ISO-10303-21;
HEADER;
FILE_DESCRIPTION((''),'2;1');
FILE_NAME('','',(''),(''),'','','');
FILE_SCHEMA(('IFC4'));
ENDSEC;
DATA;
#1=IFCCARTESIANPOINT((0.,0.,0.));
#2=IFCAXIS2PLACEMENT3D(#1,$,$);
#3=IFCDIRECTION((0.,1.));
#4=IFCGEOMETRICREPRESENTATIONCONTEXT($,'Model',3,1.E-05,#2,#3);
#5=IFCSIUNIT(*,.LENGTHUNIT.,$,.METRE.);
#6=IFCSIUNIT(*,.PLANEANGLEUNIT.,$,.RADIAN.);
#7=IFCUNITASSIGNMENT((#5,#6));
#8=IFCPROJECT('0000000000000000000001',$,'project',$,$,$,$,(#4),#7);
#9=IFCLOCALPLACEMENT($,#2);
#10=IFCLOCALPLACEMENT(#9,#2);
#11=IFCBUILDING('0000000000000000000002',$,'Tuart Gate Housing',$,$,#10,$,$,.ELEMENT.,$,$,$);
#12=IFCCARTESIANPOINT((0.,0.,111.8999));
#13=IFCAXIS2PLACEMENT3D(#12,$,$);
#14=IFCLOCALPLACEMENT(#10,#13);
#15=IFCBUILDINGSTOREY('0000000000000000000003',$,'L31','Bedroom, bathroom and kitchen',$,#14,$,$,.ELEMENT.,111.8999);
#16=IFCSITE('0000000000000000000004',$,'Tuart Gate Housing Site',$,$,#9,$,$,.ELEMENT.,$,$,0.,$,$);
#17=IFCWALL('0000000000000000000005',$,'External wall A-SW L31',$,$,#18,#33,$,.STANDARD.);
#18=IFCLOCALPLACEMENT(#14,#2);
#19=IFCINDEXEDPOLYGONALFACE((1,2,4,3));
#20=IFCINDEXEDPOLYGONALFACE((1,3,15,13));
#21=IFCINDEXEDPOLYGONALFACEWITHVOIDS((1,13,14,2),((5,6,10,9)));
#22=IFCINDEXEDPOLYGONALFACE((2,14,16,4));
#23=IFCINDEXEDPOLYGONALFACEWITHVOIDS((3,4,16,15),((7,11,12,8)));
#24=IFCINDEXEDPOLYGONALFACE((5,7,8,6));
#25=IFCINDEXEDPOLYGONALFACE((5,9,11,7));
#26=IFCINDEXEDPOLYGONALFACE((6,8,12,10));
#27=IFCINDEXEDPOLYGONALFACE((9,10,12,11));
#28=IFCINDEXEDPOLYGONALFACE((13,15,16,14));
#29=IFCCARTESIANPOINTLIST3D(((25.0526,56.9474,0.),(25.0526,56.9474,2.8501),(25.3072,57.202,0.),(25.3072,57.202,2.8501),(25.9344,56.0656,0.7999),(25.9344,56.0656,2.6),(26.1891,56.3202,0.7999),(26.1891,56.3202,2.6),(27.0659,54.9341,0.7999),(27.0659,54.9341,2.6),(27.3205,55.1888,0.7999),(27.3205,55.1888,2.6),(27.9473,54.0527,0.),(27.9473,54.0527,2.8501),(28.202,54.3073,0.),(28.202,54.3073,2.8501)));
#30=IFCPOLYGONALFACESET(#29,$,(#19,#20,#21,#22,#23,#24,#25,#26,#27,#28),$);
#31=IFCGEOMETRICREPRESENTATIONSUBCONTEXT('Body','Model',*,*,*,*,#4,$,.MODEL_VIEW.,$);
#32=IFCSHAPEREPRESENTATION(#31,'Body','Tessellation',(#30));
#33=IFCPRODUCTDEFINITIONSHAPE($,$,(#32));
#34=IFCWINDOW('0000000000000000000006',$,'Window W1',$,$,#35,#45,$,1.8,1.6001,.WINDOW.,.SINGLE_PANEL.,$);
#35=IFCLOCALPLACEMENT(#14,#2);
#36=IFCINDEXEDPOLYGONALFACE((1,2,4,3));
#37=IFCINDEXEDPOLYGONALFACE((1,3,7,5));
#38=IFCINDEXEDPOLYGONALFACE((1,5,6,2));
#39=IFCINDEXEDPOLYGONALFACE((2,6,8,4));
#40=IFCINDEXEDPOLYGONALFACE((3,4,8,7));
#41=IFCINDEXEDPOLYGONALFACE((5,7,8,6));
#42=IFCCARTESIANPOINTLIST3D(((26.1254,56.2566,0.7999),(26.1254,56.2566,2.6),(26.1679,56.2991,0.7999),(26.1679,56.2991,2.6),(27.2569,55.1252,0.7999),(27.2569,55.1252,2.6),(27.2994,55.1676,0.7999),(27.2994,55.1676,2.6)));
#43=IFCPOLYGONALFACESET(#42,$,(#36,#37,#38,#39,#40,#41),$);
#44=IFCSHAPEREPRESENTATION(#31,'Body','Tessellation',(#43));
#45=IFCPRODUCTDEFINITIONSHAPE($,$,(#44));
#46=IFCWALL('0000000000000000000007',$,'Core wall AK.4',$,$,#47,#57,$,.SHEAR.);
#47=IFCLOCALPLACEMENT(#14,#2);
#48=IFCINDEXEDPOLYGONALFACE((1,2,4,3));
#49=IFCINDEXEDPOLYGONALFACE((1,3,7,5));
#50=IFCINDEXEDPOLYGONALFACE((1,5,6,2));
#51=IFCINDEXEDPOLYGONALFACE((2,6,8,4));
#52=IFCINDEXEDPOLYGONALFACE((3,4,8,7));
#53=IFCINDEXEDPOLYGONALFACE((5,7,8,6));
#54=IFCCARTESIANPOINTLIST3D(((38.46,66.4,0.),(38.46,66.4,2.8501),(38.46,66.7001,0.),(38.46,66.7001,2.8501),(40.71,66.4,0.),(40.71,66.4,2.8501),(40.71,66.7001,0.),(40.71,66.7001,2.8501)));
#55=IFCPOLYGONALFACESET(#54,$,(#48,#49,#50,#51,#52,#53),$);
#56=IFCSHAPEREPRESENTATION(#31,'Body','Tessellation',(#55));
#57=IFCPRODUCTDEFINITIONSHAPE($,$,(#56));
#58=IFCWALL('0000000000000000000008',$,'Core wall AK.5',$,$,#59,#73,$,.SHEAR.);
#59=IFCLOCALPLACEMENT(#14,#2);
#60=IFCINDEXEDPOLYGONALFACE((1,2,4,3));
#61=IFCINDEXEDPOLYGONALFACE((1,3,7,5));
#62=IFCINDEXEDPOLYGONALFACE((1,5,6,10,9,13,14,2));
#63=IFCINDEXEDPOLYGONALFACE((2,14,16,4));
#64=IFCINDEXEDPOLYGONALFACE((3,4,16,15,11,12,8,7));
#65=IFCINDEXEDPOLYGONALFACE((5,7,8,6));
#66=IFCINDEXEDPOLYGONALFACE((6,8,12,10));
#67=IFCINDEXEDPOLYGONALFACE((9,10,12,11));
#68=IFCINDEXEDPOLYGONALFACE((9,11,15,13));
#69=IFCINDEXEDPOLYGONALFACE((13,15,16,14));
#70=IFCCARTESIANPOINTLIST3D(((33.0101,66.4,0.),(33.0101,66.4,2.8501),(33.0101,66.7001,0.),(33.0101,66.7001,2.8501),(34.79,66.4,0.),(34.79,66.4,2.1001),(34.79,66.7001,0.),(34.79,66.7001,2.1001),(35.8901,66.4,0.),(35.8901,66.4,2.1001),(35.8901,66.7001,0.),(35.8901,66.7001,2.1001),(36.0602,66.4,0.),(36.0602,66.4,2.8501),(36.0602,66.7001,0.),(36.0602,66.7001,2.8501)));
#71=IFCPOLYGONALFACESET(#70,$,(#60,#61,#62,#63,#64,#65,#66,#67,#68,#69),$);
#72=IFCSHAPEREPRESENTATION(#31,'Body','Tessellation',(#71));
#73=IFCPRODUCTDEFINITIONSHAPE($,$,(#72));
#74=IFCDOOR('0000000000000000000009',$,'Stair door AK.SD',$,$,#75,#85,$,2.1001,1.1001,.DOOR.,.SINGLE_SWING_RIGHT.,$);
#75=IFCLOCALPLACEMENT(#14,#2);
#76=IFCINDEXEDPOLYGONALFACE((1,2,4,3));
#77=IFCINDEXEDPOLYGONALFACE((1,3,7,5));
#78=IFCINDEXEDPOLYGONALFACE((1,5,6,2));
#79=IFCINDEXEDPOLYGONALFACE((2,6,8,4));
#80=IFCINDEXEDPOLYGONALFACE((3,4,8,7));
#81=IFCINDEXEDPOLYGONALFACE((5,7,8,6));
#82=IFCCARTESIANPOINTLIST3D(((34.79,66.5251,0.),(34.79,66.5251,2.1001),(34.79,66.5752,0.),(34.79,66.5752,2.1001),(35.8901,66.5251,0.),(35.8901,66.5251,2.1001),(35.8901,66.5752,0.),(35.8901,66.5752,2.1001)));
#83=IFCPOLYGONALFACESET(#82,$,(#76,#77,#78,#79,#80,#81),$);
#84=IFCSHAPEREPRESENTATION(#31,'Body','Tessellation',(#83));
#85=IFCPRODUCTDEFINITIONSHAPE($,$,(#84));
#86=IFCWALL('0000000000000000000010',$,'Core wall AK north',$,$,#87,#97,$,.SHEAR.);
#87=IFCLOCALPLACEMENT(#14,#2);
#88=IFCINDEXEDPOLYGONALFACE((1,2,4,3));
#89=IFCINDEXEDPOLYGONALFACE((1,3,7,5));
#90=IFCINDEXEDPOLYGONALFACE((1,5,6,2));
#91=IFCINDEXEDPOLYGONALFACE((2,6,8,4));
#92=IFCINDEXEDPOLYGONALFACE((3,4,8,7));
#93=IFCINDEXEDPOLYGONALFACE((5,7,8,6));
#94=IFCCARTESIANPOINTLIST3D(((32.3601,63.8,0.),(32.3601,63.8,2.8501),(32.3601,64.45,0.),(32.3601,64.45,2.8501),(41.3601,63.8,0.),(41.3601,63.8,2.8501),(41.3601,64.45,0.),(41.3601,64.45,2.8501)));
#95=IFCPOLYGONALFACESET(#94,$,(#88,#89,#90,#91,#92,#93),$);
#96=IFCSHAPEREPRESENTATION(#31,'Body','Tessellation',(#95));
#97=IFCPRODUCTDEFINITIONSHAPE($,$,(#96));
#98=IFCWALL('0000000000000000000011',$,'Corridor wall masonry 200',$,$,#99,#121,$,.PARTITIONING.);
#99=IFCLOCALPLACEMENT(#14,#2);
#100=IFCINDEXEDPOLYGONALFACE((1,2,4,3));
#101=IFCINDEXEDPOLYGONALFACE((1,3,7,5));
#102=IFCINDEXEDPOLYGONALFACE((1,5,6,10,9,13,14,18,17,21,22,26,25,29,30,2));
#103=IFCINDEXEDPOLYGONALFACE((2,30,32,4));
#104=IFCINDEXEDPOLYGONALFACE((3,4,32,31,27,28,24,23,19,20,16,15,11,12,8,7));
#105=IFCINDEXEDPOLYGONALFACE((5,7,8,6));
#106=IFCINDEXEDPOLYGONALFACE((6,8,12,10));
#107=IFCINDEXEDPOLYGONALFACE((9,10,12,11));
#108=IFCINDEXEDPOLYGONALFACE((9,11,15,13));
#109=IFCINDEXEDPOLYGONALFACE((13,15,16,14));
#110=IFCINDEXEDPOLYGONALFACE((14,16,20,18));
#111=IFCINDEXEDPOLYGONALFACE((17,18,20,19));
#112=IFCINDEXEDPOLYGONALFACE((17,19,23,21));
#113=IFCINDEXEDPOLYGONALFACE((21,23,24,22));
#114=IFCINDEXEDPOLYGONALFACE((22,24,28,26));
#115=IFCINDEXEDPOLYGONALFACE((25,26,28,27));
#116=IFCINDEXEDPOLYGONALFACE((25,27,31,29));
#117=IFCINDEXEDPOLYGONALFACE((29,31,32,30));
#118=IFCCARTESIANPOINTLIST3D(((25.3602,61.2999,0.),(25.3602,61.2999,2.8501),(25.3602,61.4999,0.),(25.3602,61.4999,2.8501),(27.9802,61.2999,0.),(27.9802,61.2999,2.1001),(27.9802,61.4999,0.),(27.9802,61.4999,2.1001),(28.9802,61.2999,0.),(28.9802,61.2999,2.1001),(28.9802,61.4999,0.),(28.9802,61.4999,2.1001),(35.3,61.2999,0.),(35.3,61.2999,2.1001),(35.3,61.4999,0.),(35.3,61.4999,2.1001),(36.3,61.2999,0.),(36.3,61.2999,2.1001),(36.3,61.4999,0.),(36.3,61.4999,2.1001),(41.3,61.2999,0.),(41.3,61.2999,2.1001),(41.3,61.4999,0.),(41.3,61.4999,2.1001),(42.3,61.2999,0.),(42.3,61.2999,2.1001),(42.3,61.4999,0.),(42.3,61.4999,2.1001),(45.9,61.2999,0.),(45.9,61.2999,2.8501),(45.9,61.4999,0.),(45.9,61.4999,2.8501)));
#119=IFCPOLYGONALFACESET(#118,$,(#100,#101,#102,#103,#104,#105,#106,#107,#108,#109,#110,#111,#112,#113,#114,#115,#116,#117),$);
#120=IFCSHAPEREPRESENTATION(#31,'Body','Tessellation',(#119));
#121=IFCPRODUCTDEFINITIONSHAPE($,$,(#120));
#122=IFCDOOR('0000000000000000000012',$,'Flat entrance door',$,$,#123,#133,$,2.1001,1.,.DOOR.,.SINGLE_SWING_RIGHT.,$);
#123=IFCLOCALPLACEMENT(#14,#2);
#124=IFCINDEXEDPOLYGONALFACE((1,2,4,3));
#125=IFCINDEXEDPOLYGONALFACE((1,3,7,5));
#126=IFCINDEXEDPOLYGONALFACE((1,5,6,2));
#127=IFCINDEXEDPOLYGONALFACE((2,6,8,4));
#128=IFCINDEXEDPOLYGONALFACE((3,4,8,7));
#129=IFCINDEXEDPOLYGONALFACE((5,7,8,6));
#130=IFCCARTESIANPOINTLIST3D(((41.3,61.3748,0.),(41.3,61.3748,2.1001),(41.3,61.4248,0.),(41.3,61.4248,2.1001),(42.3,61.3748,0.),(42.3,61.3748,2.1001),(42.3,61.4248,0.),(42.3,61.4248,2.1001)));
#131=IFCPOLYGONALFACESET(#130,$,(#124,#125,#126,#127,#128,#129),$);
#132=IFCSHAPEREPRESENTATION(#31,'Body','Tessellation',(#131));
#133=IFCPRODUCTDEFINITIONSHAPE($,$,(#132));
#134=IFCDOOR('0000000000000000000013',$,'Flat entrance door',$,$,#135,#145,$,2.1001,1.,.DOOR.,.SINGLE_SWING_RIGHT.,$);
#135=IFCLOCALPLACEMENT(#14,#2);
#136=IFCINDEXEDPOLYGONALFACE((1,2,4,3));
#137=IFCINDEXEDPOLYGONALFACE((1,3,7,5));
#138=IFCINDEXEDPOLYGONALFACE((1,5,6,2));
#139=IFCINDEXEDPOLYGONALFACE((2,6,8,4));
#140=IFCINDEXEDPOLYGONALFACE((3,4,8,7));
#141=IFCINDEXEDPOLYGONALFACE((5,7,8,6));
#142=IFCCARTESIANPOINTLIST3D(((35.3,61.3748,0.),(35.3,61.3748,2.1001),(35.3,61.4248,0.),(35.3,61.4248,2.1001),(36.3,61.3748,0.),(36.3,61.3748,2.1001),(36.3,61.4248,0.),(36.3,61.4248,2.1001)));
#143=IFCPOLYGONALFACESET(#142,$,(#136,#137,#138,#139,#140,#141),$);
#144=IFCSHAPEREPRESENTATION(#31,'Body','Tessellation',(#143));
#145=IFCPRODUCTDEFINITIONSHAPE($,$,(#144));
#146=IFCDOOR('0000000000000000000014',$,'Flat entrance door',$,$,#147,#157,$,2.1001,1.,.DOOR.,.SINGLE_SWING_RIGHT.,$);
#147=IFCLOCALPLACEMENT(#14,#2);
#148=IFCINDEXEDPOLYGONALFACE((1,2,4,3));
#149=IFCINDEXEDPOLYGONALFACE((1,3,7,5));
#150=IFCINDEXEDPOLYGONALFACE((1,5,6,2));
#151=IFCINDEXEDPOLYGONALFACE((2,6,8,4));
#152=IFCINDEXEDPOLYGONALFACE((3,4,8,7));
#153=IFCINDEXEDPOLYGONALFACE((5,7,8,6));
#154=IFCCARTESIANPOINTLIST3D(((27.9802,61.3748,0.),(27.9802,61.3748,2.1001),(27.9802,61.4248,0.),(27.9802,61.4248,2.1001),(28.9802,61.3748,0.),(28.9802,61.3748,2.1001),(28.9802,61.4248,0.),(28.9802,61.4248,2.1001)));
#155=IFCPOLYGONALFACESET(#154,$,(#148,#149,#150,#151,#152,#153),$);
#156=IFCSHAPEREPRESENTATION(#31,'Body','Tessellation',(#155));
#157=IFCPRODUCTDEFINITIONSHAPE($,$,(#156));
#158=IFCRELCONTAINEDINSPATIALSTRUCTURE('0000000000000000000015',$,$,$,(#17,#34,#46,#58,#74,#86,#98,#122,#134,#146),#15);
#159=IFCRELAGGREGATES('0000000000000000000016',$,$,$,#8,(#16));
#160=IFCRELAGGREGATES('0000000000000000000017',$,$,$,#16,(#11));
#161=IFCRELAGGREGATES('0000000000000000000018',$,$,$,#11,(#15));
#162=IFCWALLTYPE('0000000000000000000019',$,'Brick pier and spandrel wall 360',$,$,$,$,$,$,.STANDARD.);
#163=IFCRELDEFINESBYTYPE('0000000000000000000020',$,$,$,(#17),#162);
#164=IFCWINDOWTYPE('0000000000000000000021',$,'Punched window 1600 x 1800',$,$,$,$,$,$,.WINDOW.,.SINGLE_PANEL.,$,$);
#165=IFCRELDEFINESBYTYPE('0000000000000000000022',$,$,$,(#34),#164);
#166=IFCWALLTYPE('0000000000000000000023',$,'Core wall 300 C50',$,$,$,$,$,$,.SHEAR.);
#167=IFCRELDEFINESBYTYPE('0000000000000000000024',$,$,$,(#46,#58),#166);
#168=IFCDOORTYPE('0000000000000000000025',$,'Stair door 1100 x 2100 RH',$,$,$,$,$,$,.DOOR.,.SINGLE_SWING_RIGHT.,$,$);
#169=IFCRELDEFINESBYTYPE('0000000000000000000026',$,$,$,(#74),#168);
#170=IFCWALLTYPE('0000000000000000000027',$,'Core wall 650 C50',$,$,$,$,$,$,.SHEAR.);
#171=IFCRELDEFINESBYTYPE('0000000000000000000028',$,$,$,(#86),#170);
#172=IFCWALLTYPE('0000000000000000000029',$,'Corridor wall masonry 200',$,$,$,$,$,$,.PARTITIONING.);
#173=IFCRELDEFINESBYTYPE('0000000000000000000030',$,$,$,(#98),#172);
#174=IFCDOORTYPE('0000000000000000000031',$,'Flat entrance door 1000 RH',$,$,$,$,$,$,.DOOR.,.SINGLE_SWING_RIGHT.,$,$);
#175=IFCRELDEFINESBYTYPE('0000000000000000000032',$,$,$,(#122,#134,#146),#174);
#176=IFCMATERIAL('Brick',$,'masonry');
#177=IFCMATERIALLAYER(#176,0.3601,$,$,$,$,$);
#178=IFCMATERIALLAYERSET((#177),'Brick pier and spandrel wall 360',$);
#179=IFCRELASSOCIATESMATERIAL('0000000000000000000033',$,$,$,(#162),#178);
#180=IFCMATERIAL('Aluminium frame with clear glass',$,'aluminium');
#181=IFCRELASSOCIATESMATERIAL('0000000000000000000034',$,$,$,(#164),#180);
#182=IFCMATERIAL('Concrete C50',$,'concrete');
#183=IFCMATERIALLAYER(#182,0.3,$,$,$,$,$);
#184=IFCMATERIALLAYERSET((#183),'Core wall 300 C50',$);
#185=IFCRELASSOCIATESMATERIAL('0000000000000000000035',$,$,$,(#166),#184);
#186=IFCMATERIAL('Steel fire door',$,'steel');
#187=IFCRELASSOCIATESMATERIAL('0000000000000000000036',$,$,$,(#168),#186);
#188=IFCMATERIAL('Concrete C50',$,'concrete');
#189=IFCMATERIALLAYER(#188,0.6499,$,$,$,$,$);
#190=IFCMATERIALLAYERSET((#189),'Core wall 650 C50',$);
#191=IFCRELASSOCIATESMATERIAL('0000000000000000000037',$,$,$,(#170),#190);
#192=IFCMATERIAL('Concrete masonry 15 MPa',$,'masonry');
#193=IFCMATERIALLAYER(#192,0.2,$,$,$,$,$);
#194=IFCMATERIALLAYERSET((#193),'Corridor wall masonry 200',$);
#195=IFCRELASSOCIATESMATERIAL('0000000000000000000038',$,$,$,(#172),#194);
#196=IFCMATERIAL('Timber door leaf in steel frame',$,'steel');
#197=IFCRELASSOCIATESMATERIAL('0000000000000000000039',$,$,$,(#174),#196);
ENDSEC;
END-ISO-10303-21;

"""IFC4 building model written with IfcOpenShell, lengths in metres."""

from ifc_helpers import new_model, si_unit, direction, frame, frame_2d, origin, place, context, subcontext, project, spatial, rectangle, extrude, material, layer, layer_set, type_object, element, fill, save


model = new_model("IFC4")

# Units and contexts
model_context = context("Model", 3, precision=1e-05, world=origin(), true_north=direction((0.0, 1.0)))
body_context = subcontext(model_context, "Body", "Model", "MODEL_VIEW")
ifc_project = project(units=[si_unit("LENGTHUNIT", "METRE"), si_unit("PLANEANGLEUNIT", "RADIAN")], contexts=[model_context])

# Site, building, storey
site_placement = place(None, origin())
site = spatial("IfcSite", under=ifc_project, at=site_placement, Name="Tuart Gate Housing Site", CompositionType="ELEMENT", RefElevation=0.0)
building_placement = place(site_placement, origin())
building = spatial("IfcBuilding", under=site, at=building_placement, Name="Tuart Gate Housing", CompositionType="ELEMENT")
storey_placement = place(building_placement, frame((0.0, 0.0, 111.8999)))
storey = spatial("IfcBuildingStorey", under=building, at=storey_placement, Name="L31", Description="Bedroom, bathroom and kitchen", CompositionType="ELEMENT", Elevation=111.8999)

# Wall, opening, window
ifc_material_1 = material(Name="Brick", Category="masonry")
ifc_layer_1 = layer(ifc_material_1, 0.3601)
ifc_layer_set_1 = layer_set([ifc_layer_1], Name="Brick pier and spandrel wall 360")
wall_type_1 = type_object("IfcWallType", Name="Brick pier and spandrel wall 360", PredefinedType="STANDARD", material=ifc_layer_set_1)
wall_1_placement = place(storey_placement, frame((25.1799, 57.0747, 0.0), z_axis=(0.0, 0.0, 1.0), x_axis=(0.707107, -0.707107, 0.0)))
wall_1 = element("IfcWall", 1, at=wall_1_placement, inside=storey, type_object=wall_type_1, Name="External wall A-SW L31", PredefinedType="STANDARD", context=body_context, shape_type="SweptSolid", body=[
    extrude(rectangle(XDim=4.0938, YDim=0.3601, at=frame_2d((2.0469, 0.0))), origin(), (0.0, 0.0, 1.0), 2.8501),
])
opening_1_placement = place(wall_1_placement, frame((1.2471, 0.0, 0.8)))
opening_1 = element("IfcOpeningElement", 2, at=opening_1_placement, cuts=wall_1, PredefinedType="OPENING", context=body_context, shape_type="SweptSolid", body=[
    extrude(rectangle(XDim=1.6001, YDim=1.8, at=frame_2d((0.8, 0.8999))), frame((0.0, 0.1899, 0.0), z_axis=(0.0, -1.0, 0.0), x_axis=(1.0, 0.0, 0.0)), (0.0, 0.0, 1.0), 0.3801),
])
ifc_material_2 = material(Name="Aluminium frame with clear glass", Category="aluminium")
window_type = type_object("IfcWindowType", Name="Punched window 1600 x 1800", PartitioningType="SINGLE_PANEL", PredefinedType="WINDOW", material=ifc_material_2)
window_placement = place(opening_1_placement, origin())
window = element("IfcWindow", 3, at=window_placement, inside=storey, type_object=window_type, Name="Window W1", OverallHeight=1.8, OverallWidth=1.6001, PartitioningType="SINGLE_PANEL", PredefinedType="WINDOW", context=body_context, shape_type="SweptSolid", body=[
    extrude(rectangle(XDim=1.6001, YDim=1.8, at=frame_2d((0.8, 0.8999))), frame((0.0, 0.1501, 0.0), z_axis=(0.0, -1.0, 0.0), x_axis=(1.0, 0.0, 0.0)), (0.0, 0.0, 1.0), 0.0601),
])
fill(opening_1, window)

# Wall
ifc_material_3 = material(Name="Concrete C50", Category="concrete")
ifc_layer_2 = layer(ifc_material_3, 0.3)
ifc_layer_set_2 = layer_set([ifc_layer_2], Name="Core wall 300 C50")
wall_type_2 = type_object("IfcWallType", Name="Core wall 300 C50", PredefinedType="SHEAR", material=ifc_layer_set_2)
wall_2_placement = place(storey_placement, frame((40.71, 66.55, 0.0), z_axis=(0.0, 0.0, 1.0), x_axis=(-1.0, 0.0, 0.0)))
element("IfcWall", 4, at=wall_2_placement, inside=storey, type_object=wall_type_2, Name="Core wall AK.4", PredefinedType="SHEAR", context=body_context, shape_type="SweptSolid", body=[
    extrude(rectangle(XDim=2.25, YDim=0.3, at=frame_2d((1.125, 0.0))), origin(), (0.0, 0.0, 1.0), 2.8501),
])

# Wall, opening, door
wall_3_placement = place(storey_placement, frame((36.0601, 66.55, 0.0), z_axis=(0.0, 0.0, 1.0), x_axis=(-1.0, 0.0, 0.0)))
wall_3 = element("IfcWall", 5, at=wall_3_placement, inside=storey, type_object=wall_type_2, Name="Core wall AK.5", PredefinedType="SHEAR", context=body_context, shape_type="SweptSolid", body=[
    extrude(rectangle(XDim=3.05, YDim=0.3, at=frame_2d((1.5249, 0.0))), origin(), (0.0, 0.0, 1.0), 2.8501),
])
opening_2_placement = place(wall_3_placement, frame((0.1699, 0.0, 0.0)))
opening_2 = element("IfcOpeningElement", 6, at=opening_2_placement, cuts=wall_3, PredefinedType="OPENING", context=body_context, shape_type="SweptSolid", body=[
    extrude(rectangle(XDim=1.1001, YDim=2.1001, at=frame_2d((0.55, 1.05))), frame((0.0, 0.1599, 0.0), z_axis=(0.0, -1.0, 0.0), x_axis=(1.0, 0.0, 0.0)), (0.0, 0.0, 1.0), 0.3201),
])
ifc_material_4 = material(Name="Steel fire door", Category="steel")
door_type_1 = type_object("IfcDoorType", Name="Stair door 1100 x 2100 RH", OperationType="SINGLE_SWING_RIGHT", PredefinedType="DOOR", material=ifc_material_4)
door_1_placement = place(opening_2_placement, frame((1.1001, 0.0, 0.0), z_axis=(0.0, 0.0, 1.0), x_axis=(-1.0, 0.0, 0.0)))
door_1 = element("IfcDoor", 7, at=door_1_placement, inside=storey, type_object=door_type_1, Name="Stair door AK.SD", OperationType="SINGLE_SWING_RIGHT", OverallHeight=2.1001, OverallWidth=1.1001, PredefinedType="DOOR", context=body_context, shape_type="SweptSolid", body=[
    extrude(rectangle(XDim=1.1001, YDim=2.1001, at=frame_2d((0.55, 1.05))), frame((0.0, 0.0251, 0.0), z_axis=(0.0, -1.0, 0.0), x_axis=(1.0, 0.0, 0.0)), (0.0, 0.0, 1.0), 0.05),
])
fill(opening_2, door_1)

# Wall
ifc_material_5 = material(Name="Concrete C50", Category="concrete")
ifc_layer_3 = layer(ifc_material_5, 0.6499)
ifc_layer_set_3 = layer_set([ifc_layer_3], Name="Core wall 650 C50")
wall_type_3 = type_object("IfcWallType", Name="Core wall 650 C50", PredefinedType="SHEAR", material=ifc_layer_set_3)
wall_4_placement = place(storey_placement, frame((41.3601, 64.125, 0.0), z_axis=(0.0, 0.0, 1.0), x_axis=(-1.0, 0.0, 0.0)))
element("IfcWall", 8, at=wall_4_placement, inside=storey, type_object=wall_type_3, Name="Core wall AK north", PredefinedType="SHEAR", context=body_context, shape_type="SweptSolid", body=[
    extrude(rectangle(XDim=9.0, YDim=0.6499, at=frame_2d((4.5, 0.0))), origin(), (0.0, 0.0, 1.0), 2.8501),
])

# Wall, openings, doors
ifc_material_6 = material(Name="Concrete masonry 15 MPa", Category="masonry")
ifc_layer_4 = layer(ifc_material_6, 0.2)
ifc_layer_set_4 = layer_set([ifc_layer_4], Name="Corridor wall masonry 200")
wall_type_4 = type_object("IfcWallType", Name="Corridor wall masonry 200", PredefinedType="PARTITIONING", material=ifc_layer_set_4)
wall_5_placement = place(storey_placement, frame((25.3601, 61.3999, 0.0), z_axis=(0.0, 0.0, 1.0), x_axis=(1.0, 0.0, 0.0)))
wall_5 = element("IfcWall", 9, at=wall_5_placement, inside=storey, type_object=wall_type_4, Name="Corridor wall masonry 200", PredefinedType="PARTITIONING", context=body_context, shape_type="SweptSolid", body=[
    extrude(rectangle(XDim=20.5398, YDim=0.2, at=frame_2d((10.27, 0.0))), origin(), (0.0, 0.0, 1.0), 2.8501),
])
opening_3_placement = place(wall_5_placement, frame((15.9399, 0.0, 0.0)))
opening_3 = element("IfcOpeningElement", 10, at=opening_3_placement, cuts=wall_5, PredefinedType="OPENING", context=body_context, shape_type="SweptSolid", body=[
    extrude(rectangle(XDim=1.0, YDim=2.1001, at=frame_2d((0.5, 1.05))), frame((0.0, 0.1099, 0.0), z_axis=(0.0, -1.0, 0.0), x_axis=(1.0, 0.0, 0.0)), (0.0, 0.0, 1.0), 0.22),
])
opening_4_placement = place(wall_5_placement, frame((9.9399, 0.0, 0.0)))
opening_4 = element("IfcOpeningElement", 11, at=opening_4_placement, cuts=wall_5, PredefinedType="OPENING", context=body_context, shape_type="SweptSolid", body=[
    extrude(rectangle(XDim=1.0, YDim=2.1001, at=frame_2d((0.5, 1.05))), frame((0.0, 0.1099, 0.0), z_axis=(0.0, -1.0, 0.0), x_axis=(1.0, 0.0, 0.0)), (0.0, 0.0, 1.0), 0.22),
])
opening_5_placement = place(wall_5_placement, frame((2.6201, 0.0, 0.0)))
opening_5 = element("IfcOpeningElement", 12, at=opening_5_placement, cuts=wall_5, PredefinedType="OPENING", context=body_context, shape_type="SweptSolid", body=[
    extrude(rectangle(XDim=1.0, YDim=2.1001, at=frame_2d((0.5, 1.05))), frame((0.0, 0.1099, 0.0), z_axis=(0.0, -1.0, 0.0), x_axis=(1.0, 0.0, 0.0)), (0.0, 0.0, 1.0), 0.22),
])
ifc_material_7 = material(Name="Timber door leaf in steel frame", Category="steel")
door_type_2 = type_object("IfcDoorType", Name="Flat entrance door 1000 RH", OperationType="SINGLE_SWING_RIGHT", PredefinedType="DOOR", material=ifc_material_7)
door_2_placement = place(opening_3_placement, frame((1.0, 0.0, 0.0), z_axis=(0.0, 0.0, 1.0), x_axis=(-1.0, 0.0, 0.0)))
door_2 = element("IfcDoor", 13, at=door_2_placement, inside=storey, type_object=door_type_2, Name="Flat entrance door", OperationType="SINGLE_SWING_RIGHT", OverallHeight=2.1001, OverallWidth=1.0, PredefinedType="DOOR", context=body_context, shape_type="SweptSolid", body=[
    extrude(rectangle(XDim=1.0, YDim=2.1001, at=frame_2d((0.5, 1.05))), frame((0.0, 0.0251, 0.0), z_axis=(0.0, -1.0, 0.0), x_axis=(1.0, 0.0, 0.0)), (0.0, 0.0, 1.0), 0.05),
])
fill(opening_3, door_2)
door_3_placement = place(opening_4_placement, frame((1.0, 0.0, 0.0), z_axis=(0.0, 0.0, 1.0), x_axis=(-1.0, 0.0, 0.0)))
door_3 = element("IfcDoor", 14, at=door_3_placement, inside=storey, type_object=door_type_2, Name="Flat entrance door", OperationType="SINGLE_SWING_RIGHT", OverallHeight=2.1001, OverallWidth=1.0, PredefinedType="DOOR", context=body_context, shape_type="SweptSolid", body=[
    extrude(rectangle(XDim=1.0, YDim=2.1001, at=frame_2d((0.5, 1.05))), frame((0.0, 0.0251, 0.0), z_axis=(0.0, -1.0, 0.0), x_axis=(1.0, 0.0, 0.0)), (0.0, 0.0, 1.0), 0.05),
])
fill(opening_4, door_3)
door_4_placement = place(opening_5_placement, frame((1.0, 0.0, 0.0), z_axis=(0.0, 0.0, 1.0), x_axis=(-1.0, 0.0, 0.0)))
door_4 = element("IfcDoor", 15, at=door_4_placement, inside=storey, type_object=door_type_2, Name="Flat entrance door", OperationType="SINGLE_SWING_RIGHT", OverallHeight=2.1001, OverallWidth=1.0, PredefinedType="DOOR", context=body_context, shape_type="SweptSolid", body=[
    extrude(rectangle(XDim=1.0, YDim=2.1001, at=frame_2d((0.5, 1.05))), frame((0.0, 0.0251, 0.0), z_axis=(0.0, -1.0, 0.0), x_axis=(1.0, 0.0, 0.0)), (0.0, 0.0, 1.0), 0.05),
])
fill(opening_5, door_4)

save(model, "model.ifc")
